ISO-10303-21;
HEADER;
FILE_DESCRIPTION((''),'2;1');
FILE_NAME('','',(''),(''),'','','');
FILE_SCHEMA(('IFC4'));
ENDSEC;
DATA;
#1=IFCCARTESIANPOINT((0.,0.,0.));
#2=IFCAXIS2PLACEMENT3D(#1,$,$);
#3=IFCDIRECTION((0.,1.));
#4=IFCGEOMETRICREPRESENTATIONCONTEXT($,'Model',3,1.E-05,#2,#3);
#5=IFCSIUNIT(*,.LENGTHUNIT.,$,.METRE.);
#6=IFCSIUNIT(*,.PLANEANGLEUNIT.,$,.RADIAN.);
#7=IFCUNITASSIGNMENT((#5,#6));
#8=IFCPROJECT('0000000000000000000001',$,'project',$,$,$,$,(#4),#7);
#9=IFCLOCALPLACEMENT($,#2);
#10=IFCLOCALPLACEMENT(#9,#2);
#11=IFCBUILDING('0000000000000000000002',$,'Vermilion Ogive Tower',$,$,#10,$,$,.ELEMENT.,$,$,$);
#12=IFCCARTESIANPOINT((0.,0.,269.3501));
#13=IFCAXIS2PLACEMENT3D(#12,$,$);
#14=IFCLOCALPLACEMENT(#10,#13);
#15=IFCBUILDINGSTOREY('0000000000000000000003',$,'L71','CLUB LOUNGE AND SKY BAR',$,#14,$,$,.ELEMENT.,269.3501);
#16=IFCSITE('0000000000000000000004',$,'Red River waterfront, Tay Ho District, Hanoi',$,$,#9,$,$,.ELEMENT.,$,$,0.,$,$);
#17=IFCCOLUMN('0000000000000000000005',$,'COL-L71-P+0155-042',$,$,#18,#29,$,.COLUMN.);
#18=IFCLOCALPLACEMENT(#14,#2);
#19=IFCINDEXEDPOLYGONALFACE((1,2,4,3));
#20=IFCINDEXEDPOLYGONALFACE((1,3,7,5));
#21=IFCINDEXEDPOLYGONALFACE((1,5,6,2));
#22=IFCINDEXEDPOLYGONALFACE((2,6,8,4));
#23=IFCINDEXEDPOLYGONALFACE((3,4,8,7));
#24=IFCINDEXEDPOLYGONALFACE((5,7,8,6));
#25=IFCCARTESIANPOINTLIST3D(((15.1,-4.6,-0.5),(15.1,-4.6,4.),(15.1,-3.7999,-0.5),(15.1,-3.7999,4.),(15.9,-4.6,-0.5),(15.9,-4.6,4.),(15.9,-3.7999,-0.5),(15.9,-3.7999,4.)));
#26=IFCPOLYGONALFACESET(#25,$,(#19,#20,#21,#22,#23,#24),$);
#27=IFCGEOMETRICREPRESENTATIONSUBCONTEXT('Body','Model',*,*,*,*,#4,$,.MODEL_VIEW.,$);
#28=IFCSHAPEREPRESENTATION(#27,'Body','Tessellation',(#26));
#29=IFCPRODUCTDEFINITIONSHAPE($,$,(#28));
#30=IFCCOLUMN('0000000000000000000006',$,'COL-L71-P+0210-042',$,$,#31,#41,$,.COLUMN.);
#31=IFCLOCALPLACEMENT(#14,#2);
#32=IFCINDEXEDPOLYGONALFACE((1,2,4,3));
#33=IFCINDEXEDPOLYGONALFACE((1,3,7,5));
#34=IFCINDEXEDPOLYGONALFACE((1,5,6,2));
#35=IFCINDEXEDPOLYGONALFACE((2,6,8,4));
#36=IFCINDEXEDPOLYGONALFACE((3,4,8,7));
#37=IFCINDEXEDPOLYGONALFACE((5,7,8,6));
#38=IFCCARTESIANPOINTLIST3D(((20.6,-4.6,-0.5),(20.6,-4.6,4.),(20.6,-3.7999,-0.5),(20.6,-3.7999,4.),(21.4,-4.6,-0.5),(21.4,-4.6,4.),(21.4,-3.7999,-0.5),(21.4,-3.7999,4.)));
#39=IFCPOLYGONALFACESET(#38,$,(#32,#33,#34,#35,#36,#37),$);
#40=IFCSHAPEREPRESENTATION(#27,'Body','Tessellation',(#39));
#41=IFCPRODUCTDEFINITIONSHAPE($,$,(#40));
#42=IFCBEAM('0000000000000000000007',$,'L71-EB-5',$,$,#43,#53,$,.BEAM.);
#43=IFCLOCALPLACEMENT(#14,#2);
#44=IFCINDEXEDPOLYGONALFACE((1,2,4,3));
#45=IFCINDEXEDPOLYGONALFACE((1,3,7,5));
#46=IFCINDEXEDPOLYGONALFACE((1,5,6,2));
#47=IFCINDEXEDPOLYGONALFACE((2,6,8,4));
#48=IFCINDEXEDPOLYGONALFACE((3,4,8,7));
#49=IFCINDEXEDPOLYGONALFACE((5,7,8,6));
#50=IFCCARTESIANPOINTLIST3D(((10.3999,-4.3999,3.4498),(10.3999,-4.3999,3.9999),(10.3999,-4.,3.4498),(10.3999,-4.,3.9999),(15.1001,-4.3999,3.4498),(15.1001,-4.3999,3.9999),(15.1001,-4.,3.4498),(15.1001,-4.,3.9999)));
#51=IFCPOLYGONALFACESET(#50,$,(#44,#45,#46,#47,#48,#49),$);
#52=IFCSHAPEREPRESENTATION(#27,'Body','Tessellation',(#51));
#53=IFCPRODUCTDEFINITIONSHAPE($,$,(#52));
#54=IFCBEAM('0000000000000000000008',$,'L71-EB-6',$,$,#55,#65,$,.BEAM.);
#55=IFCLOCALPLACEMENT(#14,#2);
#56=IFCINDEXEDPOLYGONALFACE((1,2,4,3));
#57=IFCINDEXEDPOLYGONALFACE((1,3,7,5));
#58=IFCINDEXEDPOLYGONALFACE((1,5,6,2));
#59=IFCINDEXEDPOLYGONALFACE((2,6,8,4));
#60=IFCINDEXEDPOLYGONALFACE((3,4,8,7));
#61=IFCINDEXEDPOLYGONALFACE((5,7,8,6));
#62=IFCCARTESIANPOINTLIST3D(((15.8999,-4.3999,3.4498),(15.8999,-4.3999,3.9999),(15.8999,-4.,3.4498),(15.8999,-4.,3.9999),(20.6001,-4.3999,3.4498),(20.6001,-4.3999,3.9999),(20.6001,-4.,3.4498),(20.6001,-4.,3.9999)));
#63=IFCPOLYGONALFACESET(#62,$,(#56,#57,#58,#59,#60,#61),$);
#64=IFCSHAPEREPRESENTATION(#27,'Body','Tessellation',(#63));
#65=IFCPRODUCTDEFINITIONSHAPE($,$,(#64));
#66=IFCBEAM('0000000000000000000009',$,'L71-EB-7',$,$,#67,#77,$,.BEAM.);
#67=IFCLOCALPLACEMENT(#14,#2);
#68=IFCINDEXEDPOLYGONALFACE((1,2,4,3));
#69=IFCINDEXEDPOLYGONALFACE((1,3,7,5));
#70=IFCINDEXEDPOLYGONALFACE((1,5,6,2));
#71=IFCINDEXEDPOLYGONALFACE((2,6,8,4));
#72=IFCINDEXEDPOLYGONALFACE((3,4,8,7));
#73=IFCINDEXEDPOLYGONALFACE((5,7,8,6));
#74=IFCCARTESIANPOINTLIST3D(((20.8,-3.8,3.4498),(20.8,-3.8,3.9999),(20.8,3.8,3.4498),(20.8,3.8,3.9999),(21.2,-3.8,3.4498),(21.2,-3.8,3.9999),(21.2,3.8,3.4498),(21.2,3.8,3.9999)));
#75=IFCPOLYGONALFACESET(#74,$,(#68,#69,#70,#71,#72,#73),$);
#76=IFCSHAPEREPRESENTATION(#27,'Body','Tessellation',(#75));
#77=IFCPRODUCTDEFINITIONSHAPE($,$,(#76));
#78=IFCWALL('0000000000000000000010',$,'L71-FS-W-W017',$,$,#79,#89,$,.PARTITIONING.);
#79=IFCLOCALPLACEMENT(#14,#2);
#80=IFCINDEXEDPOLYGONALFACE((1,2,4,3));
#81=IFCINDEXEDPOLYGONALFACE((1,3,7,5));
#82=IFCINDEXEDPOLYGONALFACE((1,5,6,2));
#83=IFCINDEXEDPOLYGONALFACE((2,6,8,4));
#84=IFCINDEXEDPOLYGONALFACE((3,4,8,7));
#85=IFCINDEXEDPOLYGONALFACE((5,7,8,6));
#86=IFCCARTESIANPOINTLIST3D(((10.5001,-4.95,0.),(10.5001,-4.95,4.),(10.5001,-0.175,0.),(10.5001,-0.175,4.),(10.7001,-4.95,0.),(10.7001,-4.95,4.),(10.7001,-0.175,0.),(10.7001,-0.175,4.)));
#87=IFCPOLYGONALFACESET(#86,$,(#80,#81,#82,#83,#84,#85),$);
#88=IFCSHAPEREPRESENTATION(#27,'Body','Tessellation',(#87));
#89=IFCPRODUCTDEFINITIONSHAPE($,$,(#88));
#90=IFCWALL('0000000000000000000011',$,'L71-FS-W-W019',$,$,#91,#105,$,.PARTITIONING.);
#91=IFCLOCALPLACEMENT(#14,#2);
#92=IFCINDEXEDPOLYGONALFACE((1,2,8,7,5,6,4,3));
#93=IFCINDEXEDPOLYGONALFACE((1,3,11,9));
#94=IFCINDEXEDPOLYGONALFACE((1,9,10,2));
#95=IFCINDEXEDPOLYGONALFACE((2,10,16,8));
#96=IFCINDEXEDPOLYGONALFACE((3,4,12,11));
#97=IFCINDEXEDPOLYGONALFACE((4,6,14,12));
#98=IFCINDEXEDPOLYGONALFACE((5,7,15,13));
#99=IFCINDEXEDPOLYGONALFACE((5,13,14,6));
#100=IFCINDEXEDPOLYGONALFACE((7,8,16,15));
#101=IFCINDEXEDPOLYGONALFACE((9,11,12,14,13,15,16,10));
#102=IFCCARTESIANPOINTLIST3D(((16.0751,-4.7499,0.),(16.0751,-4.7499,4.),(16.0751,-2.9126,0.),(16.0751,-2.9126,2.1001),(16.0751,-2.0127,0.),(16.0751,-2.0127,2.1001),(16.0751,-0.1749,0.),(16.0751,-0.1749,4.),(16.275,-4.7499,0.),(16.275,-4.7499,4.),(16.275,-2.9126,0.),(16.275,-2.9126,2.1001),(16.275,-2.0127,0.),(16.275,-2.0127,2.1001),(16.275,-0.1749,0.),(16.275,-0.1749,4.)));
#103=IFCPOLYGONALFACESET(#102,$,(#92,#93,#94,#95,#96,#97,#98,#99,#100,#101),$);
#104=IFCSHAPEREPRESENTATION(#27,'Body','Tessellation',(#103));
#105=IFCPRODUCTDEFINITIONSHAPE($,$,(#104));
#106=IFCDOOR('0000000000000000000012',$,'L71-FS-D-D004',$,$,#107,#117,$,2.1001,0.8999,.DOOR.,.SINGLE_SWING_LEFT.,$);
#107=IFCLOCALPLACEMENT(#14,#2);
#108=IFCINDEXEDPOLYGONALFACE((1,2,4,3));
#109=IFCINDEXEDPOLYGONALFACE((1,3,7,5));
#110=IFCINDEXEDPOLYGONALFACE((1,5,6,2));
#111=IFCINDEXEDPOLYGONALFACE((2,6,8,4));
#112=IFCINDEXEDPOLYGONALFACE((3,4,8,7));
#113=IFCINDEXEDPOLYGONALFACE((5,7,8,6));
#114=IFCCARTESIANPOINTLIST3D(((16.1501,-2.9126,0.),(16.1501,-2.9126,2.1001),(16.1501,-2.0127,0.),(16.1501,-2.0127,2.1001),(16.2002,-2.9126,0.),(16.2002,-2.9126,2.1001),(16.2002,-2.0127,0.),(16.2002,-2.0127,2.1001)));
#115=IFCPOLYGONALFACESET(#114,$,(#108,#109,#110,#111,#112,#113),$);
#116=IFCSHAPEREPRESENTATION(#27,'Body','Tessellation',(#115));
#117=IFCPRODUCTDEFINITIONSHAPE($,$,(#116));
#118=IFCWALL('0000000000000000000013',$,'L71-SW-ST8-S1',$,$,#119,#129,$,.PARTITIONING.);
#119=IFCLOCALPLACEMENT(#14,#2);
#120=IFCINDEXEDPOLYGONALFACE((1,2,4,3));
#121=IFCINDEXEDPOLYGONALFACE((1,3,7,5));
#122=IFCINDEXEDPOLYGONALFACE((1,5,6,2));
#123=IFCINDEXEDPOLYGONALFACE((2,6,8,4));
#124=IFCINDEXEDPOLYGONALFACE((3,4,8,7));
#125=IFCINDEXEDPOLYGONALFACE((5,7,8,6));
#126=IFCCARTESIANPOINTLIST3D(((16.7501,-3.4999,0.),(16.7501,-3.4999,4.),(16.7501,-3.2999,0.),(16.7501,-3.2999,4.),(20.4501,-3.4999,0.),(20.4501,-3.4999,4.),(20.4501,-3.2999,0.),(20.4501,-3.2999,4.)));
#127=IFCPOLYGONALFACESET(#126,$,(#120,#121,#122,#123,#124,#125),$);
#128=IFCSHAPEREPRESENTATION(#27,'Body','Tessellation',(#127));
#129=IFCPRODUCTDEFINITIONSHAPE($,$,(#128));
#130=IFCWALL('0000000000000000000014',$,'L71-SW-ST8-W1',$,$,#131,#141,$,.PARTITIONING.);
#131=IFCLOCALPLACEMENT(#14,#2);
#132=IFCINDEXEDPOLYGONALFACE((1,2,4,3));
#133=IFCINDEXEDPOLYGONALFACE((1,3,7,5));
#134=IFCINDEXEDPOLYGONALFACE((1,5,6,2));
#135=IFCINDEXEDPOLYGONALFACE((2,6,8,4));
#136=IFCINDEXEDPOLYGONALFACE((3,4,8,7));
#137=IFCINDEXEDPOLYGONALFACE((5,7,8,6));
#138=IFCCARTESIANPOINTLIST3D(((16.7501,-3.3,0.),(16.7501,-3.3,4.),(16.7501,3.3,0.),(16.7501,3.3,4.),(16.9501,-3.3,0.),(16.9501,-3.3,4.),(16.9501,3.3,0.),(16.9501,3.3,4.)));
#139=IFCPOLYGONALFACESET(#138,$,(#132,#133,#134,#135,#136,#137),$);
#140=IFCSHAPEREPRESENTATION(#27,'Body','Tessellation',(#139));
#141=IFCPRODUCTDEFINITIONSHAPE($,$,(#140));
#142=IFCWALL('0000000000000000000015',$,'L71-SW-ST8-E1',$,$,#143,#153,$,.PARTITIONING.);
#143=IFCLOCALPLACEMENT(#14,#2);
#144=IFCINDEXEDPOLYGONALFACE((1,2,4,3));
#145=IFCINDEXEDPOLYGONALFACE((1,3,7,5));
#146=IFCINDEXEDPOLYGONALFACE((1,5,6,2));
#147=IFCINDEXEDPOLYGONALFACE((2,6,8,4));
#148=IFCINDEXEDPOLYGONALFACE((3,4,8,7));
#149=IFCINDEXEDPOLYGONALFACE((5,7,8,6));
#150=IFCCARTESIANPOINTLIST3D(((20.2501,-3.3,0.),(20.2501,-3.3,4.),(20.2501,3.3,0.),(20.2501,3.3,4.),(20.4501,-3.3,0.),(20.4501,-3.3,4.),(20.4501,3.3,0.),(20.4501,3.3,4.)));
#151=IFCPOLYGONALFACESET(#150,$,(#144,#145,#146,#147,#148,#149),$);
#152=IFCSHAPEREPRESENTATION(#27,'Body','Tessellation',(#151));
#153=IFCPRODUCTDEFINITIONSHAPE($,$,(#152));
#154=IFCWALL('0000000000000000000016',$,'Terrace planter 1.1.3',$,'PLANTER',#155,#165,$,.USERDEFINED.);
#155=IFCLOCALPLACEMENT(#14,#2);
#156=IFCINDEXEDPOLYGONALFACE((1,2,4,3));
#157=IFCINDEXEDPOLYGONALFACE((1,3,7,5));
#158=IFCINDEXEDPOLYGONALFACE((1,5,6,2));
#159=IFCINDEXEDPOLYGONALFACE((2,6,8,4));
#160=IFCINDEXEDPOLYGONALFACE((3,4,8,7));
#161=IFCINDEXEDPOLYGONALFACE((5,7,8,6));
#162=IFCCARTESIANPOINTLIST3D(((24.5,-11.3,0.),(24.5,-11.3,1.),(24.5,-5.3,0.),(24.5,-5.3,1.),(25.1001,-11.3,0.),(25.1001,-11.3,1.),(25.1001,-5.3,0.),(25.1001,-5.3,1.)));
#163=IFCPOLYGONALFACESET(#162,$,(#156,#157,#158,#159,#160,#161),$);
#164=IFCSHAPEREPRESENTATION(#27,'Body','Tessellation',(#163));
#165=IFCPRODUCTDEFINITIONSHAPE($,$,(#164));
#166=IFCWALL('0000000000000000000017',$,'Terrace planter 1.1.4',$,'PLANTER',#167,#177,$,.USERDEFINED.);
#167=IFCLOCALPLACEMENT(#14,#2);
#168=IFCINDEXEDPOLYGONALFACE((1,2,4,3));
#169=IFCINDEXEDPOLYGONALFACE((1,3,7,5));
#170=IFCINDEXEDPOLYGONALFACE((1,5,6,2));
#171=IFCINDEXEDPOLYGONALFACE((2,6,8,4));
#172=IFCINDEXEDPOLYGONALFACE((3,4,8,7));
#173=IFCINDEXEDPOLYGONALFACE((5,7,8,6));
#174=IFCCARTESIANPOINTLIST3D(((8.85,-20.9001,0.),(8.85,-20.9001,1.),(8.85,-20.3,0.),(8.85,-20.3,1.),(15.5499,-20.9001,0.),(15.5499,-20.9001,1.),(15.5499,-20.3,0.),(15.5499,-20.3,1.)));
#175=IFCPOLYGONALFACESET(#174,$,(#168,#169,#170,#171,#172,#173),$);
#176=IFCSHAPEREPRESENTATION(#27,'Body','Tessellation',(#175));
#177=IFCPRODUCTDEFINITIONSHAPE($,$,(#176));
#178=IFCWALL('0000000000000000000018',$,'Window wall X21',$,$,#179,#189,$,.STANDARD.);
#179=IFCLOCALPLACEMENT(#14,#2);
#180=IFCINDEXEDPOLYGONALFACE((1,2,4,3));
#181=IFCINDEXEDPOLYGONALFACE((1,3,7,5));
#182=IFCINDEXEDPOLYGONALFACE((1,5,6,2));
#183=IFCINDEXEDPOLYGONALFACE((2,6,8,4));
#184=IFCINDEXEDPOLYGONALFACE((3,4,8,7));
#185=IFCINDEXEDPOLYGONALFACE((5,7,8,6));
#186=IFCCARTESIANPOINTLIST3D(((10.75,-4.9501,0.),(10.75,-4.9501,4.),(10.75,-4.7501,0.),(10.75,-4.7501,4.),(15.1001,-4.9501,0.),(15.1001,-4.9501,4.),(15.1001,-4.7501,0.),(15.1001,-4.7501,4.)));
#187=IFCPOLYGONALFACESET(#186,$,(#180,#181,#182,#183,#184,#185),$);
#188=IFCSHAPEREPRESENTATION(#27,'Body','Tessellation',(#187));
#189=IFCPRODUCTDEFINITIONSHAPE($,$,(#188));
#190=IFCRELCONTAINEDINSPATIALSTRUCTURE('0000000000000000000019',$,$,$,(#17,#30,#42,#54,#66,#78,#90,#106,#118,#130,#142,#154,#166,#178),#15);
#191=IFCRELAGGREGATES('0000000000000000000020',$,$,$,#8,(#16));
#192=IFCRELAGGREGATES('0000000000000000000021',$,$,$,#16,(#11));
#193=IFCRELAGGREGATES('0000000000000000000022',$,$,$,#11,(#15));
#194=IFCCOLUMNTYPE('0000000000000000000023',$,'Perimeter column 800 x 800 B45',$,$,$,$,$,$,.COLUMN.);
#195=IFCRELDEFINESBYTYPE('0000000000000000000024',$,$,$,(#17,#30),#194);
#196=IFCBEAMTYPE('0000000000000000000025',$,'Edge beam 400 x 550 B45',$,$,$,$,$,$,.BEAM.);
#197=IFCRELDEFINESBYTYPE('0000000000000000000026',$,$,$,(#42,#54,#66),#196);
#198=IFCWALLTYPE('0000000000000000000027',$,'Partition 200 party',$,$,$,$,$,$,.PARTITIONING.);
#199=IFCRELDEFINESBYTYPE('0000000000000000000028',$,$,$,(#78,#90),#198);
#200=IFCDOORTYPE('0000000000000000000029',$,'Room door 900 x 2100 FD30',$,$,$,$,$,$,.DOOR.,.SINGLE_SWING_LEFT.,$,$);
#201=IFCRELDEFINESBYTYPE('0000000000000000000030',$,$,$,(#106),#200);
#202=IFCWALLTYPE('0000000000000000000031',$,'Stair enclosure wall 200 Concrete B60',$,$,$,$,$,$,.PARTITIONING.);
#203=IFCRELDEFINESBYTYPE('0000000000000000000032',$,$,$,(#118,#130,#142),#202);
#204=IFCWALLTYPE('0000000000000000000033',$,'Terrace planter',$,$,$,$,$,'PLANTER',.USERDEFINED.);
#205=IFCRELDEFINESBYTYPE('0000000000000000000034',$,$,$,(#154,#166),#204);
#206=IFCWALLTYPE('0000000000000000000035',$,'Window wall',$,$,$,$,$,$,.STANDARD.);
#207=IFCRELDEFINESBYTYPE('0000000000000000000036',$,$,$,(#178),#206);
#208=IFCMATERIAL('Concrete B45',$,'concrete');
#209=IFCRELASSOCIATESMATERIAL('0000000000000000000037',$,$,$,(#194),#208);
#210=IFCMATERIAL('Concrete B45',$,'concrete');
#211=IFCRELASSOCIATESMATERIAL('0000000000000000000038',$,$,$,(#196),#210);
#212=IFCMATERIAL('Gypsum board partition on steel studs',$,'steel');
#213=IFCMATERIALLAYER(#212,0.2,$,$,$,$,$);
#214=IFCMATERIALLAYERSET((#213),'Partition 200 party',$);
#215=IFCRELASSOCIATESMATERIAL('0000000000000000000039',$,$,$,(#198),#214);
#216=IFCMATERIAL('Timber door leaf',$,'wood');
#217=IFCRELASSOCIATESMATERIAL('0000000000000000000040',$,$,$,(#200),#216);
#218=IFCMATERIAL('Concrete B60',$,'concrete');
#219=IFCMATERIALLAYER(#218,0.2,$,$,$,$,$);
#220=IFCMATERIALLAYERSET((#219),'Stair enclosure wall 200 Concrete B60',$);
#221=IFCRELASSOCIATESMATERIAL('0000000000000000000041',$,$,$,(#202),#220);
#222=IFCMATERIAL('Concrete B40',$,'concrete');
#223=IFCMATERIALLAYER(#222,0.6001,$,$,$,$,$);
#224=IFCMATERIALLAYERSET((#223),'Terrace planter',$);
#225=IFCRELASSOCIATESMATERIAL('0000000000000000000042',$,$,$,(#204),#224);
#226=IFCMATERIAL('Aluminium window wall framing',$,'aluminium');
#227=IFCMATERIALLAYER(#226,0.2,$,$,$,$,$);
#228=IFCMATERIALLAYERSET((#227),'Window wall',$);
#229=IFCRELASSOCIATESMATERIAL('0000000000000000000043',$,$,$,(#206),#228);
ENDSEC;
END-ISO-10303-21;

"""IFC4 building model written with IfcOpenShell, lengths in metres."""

from ifc_helpers import new_model, si_unit, direction, frame, frame_2d, origin, origin_2d, place, context, subcontext, project, spatial, rectangle, extrude, material, layer, layer_set, material_profile, profile_set, type_object, element, fill, save


model = new_model("IFC4")

# Units and contexts
model_context = context("Model", 3, precision=1e-05, world=origin(), true_north=direction((0.0, 1.0)))
body_context = subcontext(model_context, "Body", "Model", "MODEL_VIEW")
ifc_project = project(units=[si_unit("LENGTHUNIT", "METRE"), si_unit("PLANEANGLEUNIT", "RADIAN")], contexts=[model_context])

# Site, building, storey
site_placement = place(None, origin())
site = spatial("IfcSite", under=ifc_project, at=site_placement, Name="Red River waterfront, Tay Ho District, Hanoi", CompositionType="ELEMENT", RefElevation=0.0)
building_placement = place(site_placement, origin())
building = spatial("IfcBuilding", under=site, at=building_placement, Name="Vermilion Ogive Tower", CompositionType="ELEMENT")
storey_placement = place(building_placement, frame((0.0, 0.0, 269.3501)))
storey = spatial("IfcBuildingStorey", under=building, at=storey_placement, Name="L71", Description="CLUB LOUNGE AND SKY BAR", CompositionType="ELEMENT", Elevation=269.3501)

# Columns
ifc_material_1 = material(Name="Concrete B45", Category="concrete")
ifc_material_profile_1 = material_profile(ifc_material_1, rectangle(XDim=0.8, YDim=0.8, at=origin_2d()), Name="800 x 800")
ifc_profile_set_1 = profile_set([ifc_material_profile_1], Name="Concrete B45")
column_type = type_object("IfcColumnType", Name="Perimeter column 800 x 800 B45", PredefinedType="COLUMN", material=ifc_profile_set_1)
for number, where, z_axis, x_axis, name in (
    (1, (15.5, -4.2, -0.5), (0.0, 0.0, 1.0), (1.0, 0.0, 0.0), "COL-L71-P+0155-042"),
    (2, (21.0, -4.2, -0.5), (0.0, 0.0, 1.0), (1.0, 0.0, 0.0), "COL-L71-P+0210-042"),
):
    element("IfcColumn", number, at=place(storey_placement, frame(where, z_axis=z_axis, x_axis=x_axis)), inside=storey, type_object=column_type, Name=name, PredefinedType="COLUMN", context=body_context, shape_type="SweptSolid", body=[
        extrude(rectangle(XDim=0.8, YDim=0.8, at=origin_2d()), origin(), (0.0, 0.0, 1.0), 4.5),
    ])

# Beams
ifc_material_2 = material(Name="Concrete B45", Category="concrete")
ifc_material_profile_2 = material_profile(ifc_material_2, rectangle(XDim=0.3999, YDim=0.55, at=origin_2d()), Name="400 x 550")
ifc_profile_set_2 = profile_set([ifc_material_profile_2], Name="Concrete B45")
beam_type = type_object("IfcBeamType", Name="Edge beam 400 x 550 B45", PredefinedType="BEAM", material=ifc_profile_set_2)
for number, where, z_axis, x_axis, name in (
    (3, (10.3999, -4.2, 3.7249), (1.0, 0.0, 0.0), (0.0, 1.0, 0.0), "L71-EB-5"),
    (4, (15.8999, -4.2, 3.7249), (1.0, 0.0, 0.0), (0.0, 1.0, 0.0), "L71-EB-6"),
):
    element("IfcBeam", number, at=place(storey_placement, frame(where, z_axis=z_axis, x_axis=x_axis)), inside=storey, type_object=beam_type, Name=name, PredefinedType="BEAM", context=body_context, shape_type="SweptSolid", body=[
        extrude(rectangle(XDim=0.3999, YDim=0.55, at=origin_2d()), origin(), (0.0, 0.0, 1.0), 4.7002),
    ])
beam_placement = place(storey_placement, frame((21.0, -3.8, 3.7249), z_axis=(0.0, 1.0, 0.0), x_axis=(-1.0, 0.0, 0.0)))
element("IfcBeam", 5, at=beam_placement, inside=storey, type_object=beam_type, Name="L71-EB-7", PredefinedType="BEAM", context=body_context, shape_type="SweptSolid", body=[
    extrude(rectangle(XDim=0.3999, YDim=0.55, at=origin_2d()), origin(), (0.0, 0.0, 1.0), 7.6001),
])

# Wall
ifc_material_3 = material(Name="Gypsum board partition on steel studs", Category="steel")
ifc_layer_1 = layer(ifc_material_3, 0.2)
ifc_layer_set_1 = layer_set([ifc_layer_1], Name="Partition 200 party")
wall_type_1 = type_object("IfcWallType", Name="Partition 200 party", PredefinedType="PARTITIONING", material=ifc_layer_set_1)
wall_1_placement = place(storey_placement, frame((10.6001, -4.95, 0.0), z_axis=(0.0, 0.0, 1.0), x_axis=(0.0, 1.0, 0.0)))
element("IfcWall", 6, at=wall_1_placement, inside=storey, type_object=wall_type_1, Name="L71-FS-W-W017", PredefinedType="PARTITIONING", context=body_context, shape_type="SweptSolid", body=[
    extrude(rectangle(XDim=4.7749, YDim=0.2, at=frame_2d((2.3875, 0.0))), origin(), (0.0, 0.0, 1.0), 4.0),
])

# Wall, opening, door
wall_2_placement = place(storey_placement, frame((16.175, -4.75, 0.0), z_axis=(0.0, 0.0, 1.0), x_axis=(0.0, 1.0, 0.0)))
wall_2 = element("IfcWall", 7, at=wall_2_placement, inside=storey, type_object=wall_type_1, Name="L71-FS-W-W019", PredefinedType="PARTITIONING", context=body_context, shape_type="SweptSolid", body=[
    extrude(rectangle(XDim=4.575, YDim=0.2, at=frame_2d((2.2876, 0.0))), origin(), (0.0, 0.0, 1.0), 4.0),
])
opening_1_placement = place(wall_2_placement, frame((1.8374, 0.0, 0.0)))
opening_1 = element("IfcOpeningElement", 8, at=opening_1_placement, cuts=wall_2, PredefinedType="OPENING", context=body_context, shape_type="SweptSolid", body=[
    extrude(rectangle(XDim=0.8999, YDim=2.1001, at=frame_2d((0.45, 1.05))), frame((0.0, 0.1099, 0.0), z_axis=(0.0, -1.0, 0.0), x_axis=(1.0, 0.0, 0.0)), (0.0, 0.0, 1.0), 0.22),
])
ifc_material_4 = material(Name="Timber door leaf", Category="wood")
door_type_1 = type_object("IfcDoorType", Name="Room door 900 x 2100 FD30", OperationType="SINGLE_SWING_LEFT", PredefinedType="DOOR", material=ifc_material_4)
door_1_placement = place(opening_1_placement, origin())
door_1 = element("IfcDoor", 9, at=door_1_placement, inside=storey, type_object=door_type_1, Name="L71-FS-D-D004", OperationType="SINGLE_SWING_LEFT", OverallHeight=2.1001, OverallWidth=0.8999, PredefinedType="DOOR", context=body_context, shape_type="SweptSolid", body=[
    extrude(rectangle(XDim=0.8999, YDim=2.1001, at=frame_2d((0.45, 1.05))), frame((0.0, 0.0249, 0.0), z_axis=(0.0, -1.0, 0.0), x_axis=(1.0, 0.0, 0.0)), (0.0, 0.0, 1.0), 0.05),
])
fill(opening_1, door_1)

# Walls
ifc_material_5 = material(Name="Concrete B60", Category="concrete")
ifc_layer_2 = layer(ifc_material_5, 0.2)
ifc_layer_set_2 = layer_set([ifc_layer_2], Name="Stair enclosure wall 200 Concrete B60")
wall_type_2 = type_object("IfcWallType", Name="Stair enclosure wall 200 Concrete B60", PredefinedType="PARTITIONING", material=ifc_layer_set_2)
wall_3_placement = place(storey_placement, frame((16.75, -3.3999, 0.0), z_axis=(0.0, 0.0, 1.0), x_axis=(1.0, 0.0, 0.0)))
element("IfcWall", 10, at=wall_3_placement, inside=storey, type_object=wall_type_2, Name="L71-SW-ST8-S1", PredefinedType="PARTITIONING", context=body_context, shape_type="SweptSolid", body=[
    extrude(rectangle(XDim=3.7, YDim=0.2, at=frame_2d((1.8501, 0.0))), origin(), (0.0, 0.0, 1.0), 4.0),
])
for number, where, z_axis, x_axis, name in (
    (11, (16.8501, -3.3, 0.0), (0.0, 0.0, 1.0), (0.0, 1.0, 0.0), "L71-SW-ST8-W1"),
    (12, (20.3501, -3.3, 0.0), (0.0, 0.0, 1.0), (0.0, 1.0, 0.0), "L71-SW-ST8-E1"),
):
    element("IfcWall", number, at=place(storey_placement, frame(where, z_axis=z_axis, x_axis=x_axis)), inside=storey, type_object=wall_type_2, Name=name, PredefinedType="PARTITIONING", context=body_context, shape_type="SweptSolid", body=[
        extrude(rectangle(XDim=6.6001, YDim=0.2, at=frame_2d((3.3, 0.0))), origin(), (0.0, 0.0, 1.0), 4.0),
    ])
ifc_material_6 = material(Name="Concrete B40", Category="concrete")
ifc_layer_3 = layer(ifc_material_6, 0.6001)
ifc_layer_set_3 = layer_set([ifc_layer_3], Name="Terrace planter")
wall_type_3 = type_object("IfcWallType", Name="Terrace planter", ElementType="PLANTER", PredefinedType="USERDEFINED", material=ifc_layer_set_3)
wall_4_placement = place(storey_placement, frame((24.8, -5.3, 0.0), z_axis=(0.0, 0.0, 1.0), x_axis=(0.0, -1.0, 0.0)))
element("IfcWall", 13, at=wall_4_placement, inside=storey, type_object=wall_type_3, Name="Terrace planter 1.1.3", ObjectType="PLANTER", PredefinedType="USERDEFINED", context=body_context, shape_type="SweptSolid", body=[
    extrude(rectangle(XDim=6.0, YDim=0.6001, at=frame_2d((3.0, 0.0))), origin(), (0.0, 0.0, 1.0), 1.0),
])
wall_5_placement = place(storey_placement, frame((15.55, -20.6001, 0.0), z_axis=(0.0, 0.0, 1.0), x_axis=(-1.0, 0.0, 0.0)))
element("IfcWall", 14, at=wall_5_placement, inside=storey, type_object=wall_type_3, Name="Terrace planter 1.1.4", ObjectType="PLANTER", PredefinedType="USERDEFINED", context=body_context, shape_type="SweptSolid", body=[
    extrude(rectangle(XDim=6.7, YDim=0.6001, at=frame_2d((3.3501, 0.0))), origin(), (0.0, 0.0, 1.0), 1.0),
])

# Shared definitions
ifc_material_7 = material(Name="Aluminium window wall framing", Category="aluminium")
ifc_layer_4 = layer(ifc_material_7, 0.2)
ifc_layer_set_4 = layer_set([ifc_layer_4], Name="Window wall")
wall_type_4 = type_object("IfcWallType", Name="Window wall", PredefinedType="STANDARD", material=ifc_layer_set_4)

# Wall
wall_6_placement = place(storey_placement, frame((10.75, -4.8501, 0.0), z_axis=(0.0, 0.0, 1.0), x_axis=(1.0, 0.0, 0.0)))
element("IfcWall", 15, at=wall_6_placement, inside=storey, type_object=wall_type_4, Name="Window wall X21", PredefinedType="STANDARD", context=body_context, shape_type="SweptSolid", body=[
    extrude(rectangle(XDim=4.3501, YDim=0.2, at=frame_2d((2.175, 0.0))), origin(), (0.0, 0.0, 1.0), 4.0),
])

save(model, "model.ifc")
